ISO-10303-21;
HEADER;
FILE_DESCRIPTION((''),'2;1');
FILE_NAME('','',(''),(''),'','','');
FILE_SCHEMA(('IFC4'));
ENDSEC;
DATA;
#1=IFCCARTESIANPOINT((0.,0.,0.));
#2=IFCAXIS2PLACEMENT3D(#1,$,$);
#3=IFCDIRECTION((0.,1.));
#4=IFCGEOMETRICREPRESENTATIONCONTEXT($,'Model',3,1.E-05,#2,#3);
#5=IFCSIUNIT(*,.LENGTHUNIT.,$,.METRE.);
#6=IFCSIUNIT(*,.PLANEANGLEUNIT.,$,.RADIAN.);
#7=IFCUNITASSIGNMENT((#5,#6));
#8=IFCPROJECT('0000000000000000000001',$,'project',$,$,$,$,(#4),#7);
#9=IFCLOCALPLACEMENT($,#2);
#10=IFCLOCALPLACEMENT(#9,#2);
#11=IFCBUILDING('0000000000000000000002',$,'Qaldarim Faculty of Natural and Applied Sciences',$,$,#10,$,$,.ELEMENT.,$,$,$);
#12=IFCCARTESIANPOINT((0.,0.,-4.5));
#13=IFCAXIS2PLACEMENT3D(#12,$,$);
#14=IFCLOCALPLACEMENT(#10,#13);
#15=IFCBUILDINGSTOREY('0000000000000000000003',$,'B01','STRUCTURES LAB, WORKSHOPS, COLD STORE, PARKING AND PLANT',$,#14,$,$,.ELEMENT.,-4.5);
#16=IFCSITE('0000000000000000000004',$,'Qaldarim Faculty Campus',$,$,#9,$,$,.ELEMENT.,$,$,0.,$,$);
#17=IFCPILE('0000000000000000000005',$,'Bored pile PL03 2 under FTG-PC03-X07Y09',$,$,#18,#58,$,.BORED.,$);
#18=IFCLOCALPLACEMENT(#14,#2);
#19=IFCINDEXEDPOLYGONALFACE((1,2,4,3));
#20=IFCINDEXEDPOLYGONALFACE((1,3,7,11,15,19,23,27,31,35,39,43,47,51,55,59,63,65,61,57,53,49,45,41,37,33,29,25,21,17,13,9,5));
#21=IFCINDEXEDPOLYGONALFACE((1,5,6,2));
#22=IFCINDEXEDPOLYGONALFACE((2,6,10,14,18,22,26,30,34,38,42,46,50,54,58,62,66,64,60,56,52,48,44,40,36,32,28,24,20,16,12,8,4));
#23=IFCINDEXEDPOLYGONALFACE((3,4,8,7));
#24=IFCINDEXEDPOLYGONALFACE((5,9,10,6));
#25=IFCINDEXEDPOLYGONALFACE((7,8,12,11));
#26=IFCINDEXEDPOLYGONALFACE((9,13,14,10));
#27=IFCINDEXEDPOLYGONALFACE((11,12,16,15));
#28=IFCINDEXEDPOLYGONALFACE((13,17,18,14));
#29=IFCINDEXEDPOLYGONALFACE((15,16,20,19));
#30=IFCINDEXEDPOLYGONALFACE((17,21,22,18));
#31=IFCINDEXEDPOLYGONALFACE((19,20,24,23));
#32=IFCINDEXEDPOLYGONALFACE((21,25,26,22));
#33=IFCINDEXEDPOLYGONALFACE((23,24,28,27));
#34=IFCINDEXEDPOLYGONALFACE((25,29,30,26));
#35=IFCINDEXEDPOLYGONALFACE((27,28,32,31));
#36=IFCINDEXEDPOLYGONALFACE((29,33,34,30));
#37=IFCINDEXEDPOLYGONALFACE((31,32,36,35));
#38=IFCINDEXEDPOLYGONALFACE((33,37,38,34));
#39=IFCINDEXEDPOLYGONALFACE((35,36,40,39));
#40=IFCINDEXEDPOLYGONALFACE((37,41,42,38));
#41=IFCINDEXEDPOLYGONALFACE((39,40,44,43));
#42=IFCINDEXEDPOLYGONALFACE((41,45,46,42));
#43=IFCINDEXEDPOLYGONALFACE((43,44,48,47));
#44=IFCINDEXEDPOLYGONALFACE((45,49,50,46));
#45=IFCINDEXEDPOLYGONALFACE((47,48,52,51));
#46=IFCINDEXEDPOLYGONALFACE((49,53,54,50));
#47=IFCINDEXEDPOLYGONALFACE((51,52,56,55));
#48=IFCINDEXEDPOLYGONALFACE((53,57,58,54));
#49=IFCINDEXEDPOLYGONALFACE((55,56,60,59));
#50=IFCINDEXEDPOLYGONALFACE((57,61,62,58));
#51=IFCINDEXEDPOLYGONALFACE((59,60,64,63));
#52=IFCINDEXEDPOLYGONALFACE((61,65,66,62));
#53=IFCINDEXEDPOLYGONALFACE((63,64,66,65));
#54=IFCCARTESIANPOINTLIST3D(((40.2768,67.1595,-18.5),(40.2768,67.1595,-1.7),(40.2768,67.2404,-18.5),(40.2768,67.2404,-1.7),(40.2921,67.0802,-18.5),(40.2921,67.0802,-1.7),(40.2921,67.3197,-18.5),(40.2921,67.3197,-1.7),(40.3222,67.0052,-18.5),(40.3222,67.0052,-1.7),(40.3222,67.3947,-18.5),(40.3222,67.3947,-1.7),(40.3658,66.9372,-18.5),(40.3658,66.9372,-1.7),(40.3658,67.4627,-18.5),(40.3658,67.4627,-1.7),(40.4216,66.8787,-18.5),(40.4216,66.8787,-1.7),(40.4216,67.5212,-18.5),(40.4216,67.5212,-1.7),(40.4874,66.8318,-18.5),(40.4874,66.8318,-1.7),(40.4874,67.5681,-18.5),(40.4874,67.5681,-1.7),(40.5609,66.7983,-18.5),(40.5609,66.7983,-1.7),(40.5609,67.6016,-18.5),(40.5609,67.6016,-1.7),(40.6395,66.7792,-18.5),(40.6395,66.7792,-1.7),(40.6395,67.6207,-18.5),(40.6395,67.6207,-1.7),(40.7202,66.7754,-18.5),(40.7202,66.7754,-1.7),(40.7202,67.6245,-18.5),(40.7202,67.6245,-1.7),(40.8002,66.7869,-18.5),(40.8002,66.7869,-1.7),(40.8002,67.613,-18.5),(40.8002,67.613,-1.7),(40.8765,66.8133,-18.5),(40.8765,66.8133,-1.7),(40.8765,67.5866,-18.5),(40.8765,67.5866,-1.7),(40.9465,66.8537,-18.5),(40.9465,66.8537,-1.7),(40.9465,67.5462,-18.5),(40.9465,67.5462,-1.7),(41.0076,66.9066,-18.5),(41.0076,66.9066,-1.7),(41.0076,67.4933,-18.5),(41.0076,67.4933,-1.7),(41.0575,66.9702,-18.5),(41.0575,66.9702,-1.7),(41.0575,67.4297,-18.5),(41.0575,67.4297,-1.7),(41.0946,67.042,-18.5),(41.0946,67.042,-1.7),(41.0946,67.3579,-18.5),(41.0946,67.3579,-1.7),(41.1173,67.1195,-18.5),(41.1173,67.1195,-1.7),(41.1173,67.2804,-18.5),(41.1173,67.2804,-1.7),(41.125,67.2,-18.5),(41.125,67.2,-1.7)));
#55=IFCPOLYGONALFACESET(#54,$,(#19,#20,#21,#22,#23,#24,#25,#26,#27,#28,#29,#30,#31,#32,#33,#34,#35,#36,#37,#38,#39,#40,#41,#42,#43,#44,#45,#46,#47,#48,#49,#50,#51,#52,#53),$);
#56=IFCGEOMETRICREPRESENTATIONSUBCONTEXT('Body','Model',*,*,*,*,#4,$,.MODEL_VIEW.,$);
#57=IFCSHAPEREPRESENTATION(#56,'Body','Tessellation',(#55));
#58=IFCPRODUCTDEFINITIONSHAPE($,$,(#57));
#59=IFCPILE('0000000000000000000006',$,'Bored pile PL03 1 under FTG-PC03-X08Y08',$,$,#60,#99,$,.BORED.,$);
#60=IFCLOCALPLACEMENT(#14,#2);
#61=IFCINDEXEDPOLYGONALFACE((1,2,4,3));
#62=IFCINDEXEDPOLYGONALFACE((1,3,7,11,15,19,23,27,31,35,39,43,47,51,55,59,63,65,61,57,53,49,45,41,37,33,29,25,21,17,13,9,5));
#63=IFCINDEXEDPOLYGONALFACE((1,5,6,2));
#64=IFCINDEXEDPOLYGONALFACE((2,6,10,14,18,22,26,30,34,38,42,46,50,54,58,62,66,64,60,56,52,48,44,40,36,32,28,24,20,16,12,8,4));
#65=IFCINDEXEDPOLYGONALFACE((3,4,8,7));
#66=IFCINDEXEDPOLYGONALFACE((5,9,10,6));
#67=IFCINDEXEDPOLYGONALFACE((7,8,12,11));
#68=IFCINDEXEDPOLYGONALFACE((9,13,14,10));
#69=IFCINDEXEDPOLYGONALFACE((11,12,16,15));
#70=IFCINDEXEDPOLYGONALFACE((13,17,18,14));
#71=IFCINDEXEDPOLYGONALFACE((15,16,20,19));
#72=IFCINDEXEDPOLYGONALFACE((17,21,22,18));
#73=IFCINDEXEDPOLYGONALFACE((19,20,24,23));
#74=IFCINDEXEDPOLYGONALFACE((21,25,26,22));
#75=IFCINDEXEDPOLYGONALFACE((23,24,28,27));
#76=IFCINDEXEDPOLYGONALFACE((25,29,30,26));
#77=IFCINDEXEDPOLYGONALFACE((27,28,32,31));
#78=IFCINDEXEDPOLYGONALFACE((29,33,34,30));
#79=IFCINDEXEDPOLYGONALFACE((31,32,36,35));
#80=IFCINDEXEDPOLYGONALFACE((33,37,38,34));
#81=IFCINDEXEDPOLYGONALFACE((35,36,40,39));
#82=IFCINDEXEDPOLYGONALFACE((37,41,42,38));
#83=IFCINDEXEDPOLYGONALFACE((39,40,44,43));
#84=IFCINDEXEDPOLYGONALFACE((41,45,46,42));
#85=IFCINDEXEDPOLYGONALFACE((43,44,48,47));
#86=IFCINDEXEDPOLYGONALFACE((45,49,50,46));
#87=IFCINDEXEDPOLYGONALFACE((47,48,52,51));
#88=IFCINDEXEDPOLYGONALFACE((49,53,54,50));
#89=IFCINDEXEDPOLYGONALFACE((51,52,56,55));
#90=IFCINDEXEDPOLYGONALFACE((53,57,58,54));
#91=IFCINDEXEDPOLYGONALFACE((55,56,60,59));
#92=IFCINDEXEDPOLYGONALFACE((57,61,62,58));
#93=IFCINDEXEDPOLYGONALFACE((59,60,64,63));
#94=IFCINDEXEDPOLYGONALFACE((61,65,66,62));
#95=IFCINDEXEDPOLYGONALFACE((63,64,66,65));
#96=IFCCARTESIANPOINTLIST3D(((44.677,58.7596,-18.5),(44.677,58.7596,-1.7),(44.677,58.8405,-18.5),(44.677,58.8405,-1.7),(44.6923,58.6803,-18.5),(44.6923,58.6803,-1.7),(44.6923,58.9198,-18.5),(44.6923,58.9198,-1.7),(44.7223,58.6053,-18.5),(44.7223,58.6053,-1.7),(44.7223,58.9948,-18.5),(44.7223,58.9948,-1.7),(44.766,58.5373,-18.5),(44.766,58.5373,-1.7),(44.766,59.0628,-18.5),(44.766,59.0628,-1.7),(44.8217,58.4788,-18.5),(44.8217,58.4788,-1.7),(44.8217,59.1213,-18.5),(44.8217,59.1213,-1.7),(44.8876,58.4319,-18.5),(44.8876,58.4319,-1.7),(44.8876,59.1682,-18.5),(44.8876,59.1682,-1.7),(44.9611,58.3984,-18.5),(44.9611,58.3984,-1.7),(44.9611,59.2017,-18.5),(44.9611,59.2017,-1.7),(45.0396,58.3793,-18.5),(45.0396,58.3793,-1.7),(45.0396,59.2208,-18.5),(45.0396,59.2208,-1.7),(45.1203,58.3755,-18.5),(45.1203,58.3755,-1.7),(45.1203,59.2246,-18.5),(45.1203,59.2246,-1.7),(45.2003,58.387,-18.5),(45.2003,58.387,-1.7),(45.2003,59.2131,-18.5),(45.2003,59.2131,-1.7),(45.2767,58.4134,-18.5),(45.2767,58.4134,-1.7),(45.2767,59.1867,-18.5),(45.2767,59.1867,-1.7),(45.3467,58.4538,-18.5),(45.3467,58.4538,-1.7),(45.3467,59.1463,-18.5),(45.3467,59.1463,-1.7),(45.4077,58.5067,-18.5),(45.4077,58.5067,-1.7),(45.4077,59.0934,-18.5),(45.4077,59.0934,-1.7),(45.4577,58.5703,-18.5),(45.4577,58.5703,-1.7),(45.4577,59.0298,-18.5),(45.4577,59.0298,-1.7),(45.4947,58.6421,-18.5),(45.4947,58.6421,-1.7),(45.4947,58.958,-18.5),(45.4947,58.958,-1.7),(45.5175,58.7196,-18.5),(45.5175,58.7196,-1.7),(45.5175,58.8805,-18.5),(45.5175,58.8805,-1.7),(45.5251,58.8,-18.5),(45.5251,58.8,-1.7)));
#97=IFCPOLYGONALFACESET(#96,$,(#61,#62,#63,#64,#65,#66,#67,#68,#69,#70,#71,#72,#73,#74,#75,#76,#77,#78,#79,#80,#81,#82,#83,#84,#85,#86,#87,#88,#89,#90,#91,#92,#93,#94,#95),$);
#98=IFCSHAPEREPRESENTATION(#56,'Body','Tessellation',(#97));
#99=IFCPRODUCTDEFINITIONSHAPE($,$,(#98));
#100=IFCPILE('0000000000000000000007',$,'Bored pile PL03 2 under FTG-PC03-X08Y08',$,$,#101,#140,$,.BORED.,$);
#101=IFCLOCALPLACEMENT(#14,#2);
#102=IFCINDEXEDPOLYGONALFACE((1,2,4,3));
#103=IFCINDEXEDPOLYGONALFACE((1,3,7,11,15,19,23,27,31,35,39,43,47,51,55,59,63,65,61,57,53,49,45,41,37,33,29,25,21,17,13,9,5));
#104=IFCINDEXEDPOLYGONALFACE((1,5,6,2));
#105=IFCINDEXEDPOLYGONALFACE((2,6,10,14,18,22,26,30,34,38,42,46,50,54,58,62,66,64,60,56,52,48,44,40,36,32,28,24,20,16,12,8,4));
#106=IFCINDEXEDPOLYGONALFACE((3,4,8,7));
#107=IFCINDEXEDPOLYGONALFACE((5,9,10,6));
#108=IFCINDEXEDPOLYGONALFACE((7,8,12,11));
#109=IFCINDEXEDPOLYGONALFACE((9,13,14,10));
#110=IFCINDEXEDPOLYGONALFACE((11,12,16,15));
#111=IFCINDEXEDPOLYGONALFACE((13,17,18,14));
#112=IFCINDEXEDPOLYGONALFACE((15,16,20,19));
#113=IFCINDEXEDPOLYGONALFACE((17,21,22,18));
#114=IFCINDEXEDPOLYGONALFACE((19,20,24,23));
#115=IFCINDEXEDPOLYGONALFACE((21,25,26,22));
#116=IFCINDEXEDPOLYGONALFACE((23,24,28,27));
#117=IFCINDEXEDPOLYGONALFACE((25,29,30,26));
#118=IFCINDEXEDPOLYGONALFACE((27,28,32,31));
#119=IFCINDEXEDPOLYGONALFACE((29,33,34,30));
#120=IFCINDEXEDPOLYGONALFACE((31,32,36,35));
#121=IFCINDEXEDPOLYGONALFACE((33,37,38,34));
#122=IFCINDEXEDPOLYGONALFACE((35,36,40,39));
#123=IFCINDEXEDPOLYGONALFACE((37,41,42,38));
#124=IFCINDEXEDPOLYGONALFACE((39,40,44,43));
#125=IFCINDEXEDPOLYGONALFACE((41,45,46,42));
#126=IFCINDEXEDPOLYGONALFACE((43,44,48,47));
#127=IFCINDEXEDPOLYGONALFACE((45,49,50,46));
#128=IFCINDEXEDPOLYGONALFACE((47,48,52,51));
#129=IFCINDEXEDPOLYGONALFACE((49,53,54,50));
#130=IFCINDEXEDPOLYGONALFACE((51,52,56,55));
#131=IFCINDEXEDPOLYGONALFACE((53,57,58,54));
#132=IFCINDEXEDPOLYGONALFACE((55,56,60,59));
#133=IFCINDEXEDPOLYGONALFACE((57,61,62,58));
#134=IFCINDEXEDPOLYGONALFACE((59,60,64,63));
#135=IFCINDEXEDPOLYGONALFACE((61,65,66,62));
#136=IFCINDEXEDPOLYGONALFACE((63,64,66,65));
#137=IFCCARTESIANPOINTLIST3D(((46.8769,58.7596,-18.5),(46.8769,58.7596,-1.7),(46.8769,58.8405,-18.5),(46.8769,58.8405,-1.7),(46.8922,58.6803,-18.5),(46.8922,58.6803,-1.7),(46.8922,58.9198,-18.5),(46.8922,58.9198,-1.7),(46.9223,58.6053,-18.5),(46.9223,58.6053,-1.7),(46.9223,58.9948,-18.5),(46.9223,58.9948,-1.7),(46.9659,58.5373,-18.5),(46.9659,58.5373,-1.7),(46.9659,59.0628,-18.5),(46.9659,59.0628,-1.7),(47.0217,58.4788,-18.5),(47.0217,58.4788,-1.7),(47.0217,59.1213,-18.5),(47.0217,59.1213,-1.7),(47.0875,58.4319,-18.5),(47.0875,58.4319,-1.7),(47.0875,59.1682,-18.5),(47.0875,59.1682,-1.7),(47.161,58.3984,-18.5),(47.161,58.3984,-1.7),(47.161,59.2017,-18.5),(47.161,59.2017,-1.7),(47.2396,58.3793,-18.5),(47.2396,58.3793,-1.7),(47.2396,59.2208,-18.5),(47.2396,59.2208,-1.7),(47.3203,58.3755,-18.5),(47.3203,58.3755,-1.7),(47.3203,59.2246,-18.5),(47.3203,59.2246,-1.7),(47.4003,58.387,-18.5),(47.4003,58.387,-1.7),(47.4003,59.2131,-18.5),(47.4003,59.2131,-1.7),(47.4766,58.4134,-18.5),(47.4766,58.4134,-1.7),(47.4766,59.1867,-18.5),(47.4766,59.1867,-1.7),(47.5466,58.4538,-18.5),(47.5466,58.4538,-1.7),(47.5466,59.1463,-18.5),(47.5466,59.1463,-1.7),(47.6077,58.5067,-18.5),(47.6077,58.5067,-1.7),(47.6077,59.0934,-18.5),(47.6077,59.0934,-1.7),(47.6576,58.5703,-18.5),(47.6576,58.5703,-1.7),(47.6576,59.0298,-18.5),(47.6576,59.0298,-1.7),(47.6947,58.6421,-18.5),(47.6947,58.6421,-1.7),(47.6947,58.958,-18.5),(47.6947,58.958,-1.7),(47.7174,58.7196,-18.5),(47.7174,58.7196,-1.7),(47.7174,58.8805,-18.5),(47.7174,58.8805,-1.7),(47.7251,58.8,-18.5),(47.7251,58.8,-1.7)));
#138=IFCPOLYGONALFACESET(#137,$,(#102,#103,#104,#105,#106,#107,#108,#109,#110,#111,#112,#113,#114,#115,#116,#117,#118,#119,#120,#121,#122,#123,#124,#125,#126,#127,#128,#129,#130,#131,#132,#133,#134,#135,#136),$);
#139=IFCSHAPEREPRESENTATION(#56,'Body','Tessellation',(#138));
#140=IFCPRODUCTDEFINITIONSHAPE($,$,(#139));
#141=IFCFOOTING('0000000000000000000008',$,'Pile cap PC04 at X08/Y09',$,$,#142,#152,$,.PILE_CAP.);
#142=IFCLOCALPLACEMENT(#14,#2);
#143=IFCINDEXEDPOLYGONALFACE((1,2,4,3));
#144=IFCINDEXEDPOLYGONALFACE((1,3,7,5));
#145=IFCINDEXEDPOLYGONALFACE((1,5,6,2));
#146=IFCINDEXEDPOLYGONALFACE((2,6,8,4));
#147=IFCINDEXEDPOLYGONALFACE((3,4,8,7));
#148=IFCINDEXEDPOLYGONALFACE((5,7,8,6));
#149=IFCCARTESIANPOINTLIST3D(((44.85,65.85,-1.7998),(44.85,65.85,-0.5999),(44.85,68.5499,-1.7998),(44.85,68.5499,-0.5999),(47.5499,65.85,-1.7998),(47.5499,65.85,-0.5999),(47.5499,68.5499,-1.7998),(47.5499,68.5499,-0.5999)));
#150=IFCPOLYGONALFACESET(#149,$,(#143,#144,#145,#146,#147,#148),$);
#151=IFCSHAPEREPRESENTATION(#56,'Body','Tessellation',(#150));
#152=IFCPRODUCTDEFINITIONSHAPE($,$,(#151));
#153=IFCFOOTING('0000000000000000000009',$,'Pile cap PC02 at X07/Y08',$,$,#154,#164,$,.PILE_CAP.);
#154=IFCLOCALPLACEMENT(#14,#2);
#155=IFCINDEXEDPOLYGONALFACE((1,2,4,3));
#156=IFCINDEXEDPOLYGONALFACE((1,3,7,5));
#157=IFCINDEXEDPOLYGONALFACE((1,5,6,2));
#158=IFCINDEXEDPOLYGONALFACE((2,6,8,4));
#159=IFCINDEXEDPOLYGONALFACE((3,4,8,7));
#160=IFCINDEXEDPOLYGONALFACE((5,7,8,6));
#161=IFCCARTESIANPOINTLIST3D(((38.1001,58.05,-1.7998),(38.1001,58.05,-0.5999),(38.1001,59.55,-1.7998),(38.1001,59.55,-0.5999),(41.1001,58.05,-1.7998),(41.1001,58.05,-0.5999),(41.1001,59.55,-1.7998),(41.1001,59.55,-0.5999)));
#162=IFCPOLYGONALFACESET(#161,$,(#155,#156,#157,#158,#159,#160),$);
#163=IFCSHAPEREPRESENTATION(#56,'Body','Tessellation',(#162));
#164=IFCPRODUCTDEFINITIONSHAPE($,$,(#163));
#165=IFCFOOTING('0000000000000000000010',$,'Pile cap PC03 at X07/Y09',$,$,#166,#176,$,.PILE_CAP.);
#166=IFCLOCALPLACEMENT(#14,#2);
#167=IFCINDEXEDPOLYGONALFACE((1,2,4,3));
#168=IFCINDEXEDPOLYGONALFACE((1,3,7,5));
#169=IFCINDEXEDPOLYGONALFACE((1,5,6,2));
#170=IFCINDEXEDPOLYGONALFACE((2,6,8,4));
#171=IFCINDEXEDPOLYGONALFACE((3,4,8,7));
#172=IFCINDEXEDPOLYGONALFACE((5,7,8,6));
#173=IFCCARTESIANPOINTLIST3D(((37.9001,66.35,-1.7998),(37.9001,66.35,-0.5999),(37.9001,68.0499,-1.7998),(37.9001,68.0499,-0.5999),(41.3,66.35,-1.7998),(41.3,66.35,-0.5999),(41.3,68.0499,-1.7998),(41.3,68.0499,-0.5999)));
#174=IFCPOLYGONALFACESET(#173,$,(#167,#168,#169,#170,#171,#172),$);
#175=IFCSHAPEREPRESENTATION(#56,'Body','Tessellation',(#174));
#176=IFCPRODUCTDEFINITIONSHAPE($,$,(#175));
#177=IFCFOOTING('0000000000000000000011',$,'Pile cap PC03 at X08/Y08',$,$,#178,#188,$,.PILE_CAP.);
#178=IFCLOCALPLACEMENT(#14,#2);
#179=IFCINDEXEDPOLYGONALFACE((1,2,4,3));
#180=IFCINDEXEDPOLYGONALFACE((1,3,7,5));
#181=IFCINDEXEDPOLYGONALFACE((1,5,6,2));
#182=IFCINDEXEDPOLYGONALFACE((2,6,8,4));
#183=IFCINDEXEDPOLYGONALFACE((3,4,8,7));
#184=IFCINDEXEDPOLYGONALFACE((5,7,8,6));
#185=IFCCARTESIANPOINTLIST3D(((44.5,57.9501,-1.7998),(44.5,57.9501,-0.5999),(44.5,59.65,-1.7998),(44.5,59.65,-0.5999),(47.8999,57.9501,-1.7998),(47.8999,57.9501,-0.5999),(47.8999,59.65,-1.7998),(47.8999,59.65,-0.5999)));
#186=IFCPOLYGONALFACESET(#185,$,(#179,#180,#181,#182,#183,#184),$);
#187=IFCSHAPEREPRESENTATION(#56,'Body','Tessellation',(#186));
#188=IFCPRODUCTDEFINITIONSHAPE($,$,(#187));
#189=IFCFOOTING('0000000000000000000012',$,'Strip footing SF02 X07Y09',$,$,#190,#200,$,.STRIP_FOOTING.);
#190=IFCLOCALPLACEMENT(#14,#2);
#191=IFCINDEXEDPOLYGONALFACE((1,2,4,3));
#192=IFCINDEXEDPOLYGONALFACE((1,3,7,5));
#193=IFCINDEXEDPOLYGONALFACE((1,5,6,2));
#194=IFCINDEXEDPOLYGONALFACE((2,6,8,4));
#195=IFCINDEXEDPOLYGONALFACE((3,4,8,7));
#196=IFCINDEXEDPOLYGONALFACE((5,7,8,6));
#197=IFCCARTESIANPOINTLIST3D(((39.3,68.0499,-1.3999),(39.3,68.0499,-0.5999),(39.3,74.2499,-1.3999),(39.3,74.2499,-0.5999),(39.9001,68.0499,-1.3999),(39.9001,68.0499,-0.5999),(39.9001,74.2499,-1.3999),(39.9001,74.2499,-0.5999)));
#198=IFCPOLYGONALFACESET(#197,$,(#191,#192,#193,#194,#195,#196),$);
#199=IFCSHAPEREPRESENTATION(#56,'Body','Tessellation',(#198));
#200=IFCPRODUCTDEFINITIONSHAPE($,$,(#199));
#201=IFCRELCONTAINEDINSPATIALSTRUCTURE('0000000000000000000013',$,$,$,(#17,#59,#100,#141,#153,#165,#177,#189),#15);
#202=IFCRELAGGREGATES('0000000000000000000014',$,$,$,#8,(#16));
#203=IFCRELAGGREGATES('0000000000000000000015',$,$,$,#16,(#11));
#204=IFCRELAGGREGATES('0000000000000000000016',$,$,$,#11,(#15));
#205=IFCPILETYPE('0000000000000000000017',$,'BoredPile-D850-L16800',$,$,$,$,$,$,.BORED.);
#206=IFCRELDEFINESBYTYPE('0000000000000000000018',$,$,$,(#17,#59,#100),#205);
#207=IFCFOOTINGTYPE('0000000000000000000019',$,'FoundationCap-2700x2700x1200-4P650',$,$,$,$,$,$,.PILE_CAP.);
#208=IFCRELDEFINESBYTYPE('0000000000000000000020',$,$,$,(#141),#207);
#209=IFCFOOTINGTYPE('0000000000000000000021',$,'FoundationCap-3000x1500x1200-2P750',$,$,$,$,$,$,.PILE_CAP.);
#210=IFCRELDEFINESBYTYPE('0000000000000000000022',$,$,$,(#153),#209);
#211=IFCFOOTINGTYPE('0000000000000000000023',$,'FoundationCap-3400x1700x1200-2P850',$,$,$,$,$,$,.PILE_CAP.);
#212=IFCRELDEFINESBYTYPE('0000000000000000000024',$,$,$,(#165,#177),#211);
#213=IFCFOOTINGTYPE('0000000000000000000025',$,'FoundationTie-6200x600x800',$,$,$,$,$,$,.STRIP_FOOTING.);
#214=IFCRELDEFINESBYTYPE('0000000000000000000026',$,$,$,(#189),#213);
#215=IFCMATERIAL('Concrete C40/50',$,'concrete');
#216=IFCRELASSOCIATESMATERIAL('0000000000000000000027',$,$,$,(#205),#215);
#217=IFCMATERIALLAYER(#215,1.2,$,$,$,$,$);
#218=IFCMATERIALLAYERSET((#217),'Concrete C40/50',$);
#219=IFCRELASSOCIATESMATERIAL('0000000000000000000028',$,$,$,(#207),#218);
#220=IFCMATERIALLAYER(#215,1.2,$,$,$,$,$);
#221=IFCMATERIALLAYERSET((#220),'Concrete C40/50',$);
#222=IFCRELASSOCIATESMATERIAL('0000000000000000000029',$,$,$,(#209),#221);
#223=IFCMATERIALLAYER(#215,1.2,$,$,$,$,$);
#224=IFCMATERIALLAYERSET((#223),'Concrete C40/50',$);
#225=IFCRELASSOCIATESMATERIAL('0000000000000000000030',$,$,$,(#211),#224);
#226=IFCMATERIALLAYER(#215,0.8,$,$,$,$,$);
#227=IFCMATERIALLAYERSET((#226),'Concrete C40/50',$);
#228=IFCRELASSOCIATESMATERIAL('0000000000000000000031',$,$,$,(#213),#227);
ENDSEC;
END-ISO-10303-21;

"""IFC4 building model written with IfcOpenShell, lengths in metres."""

from ifc_helpers import new_model, si_unit, direction, frame, origin, origin_2d, place, context, subcontext, project, spatial, rectangle, circle, extrude, material, layer, layer_set, material_profile, profile_set, type_object, element, save


model = new_model("IFC4")

# Units and contexts
model_context = context("Model", 3, precision=1e-05, world=origin(), true_north=direction((0.0, 1.0)))
body_context = subcontext(model_context, "Body", "Model", "MODEL_VIEW")
ifc_project = project(units=[si_unit("LENGTHUNIT", "METRE"), si_unit("PLANEANGLEUNIT", "RADIAN")], contexts=[model_context])

# Site, building, storey
site_placement = place(None, origin())
site = spatial("IfcSite", under=ifc_project, at=site_placement, Name="Qaldarim Faculty Campus", CompositionType="ELEMENT", RefElevation=0.0)
building_placement = place(site_placement, origin())
building = spatial("IfcBuilding", under=site, at=building_placement, Name="Qaldarim Faculty of Natural and Applied Sciences", CompositionType="ELEMENT")
storey_placement = place(building_placement, frame((0.0, 0.0, -4.5)))
storey = spatial("IfcBuildingStorey", under=building, at=storey_placement, Name="B01", Description="STRUCTURES LAB, WORKSHOPS, COLD STORE, PARKING AND PLANT", CompositionType="ELEMENT", Elevation=-4.5)

# Piles
ifc_material_1 = material(Name="Concrete C40/50", Category="concrete")
ifc_material_profile_1 = material_profile(ifc_material_1, circle(Radius=0.425, at=origin_2d()), Name="PILE-D850")
ifc_profile_set_1 = profile_set([ifc_material_profile_1], Name="Concrete C40/50")
pile_type_1 = type_object("IfcPileType", Name="BoredPile-D850-L16800", PredefinedType="BORED", material=ifc_profile_set_1)
for number, where, z_axis, x_axis, name in (
    (1, (40.7, 67.2, -1.7), (0.0, 0.0, -1.0), (1.0, 0.0, 0.0), "Bored pile PL03 2 under FTG-PC03-X07Y09"),
    (2, (45.1001, 58.8, -1.7), (0.0, 0.0, -1.0), (1.0, 0.0, 0.0), "Bored pile PL03 1 under FTG-PC03-X08Y08"),
    (3, (47.3, 58.8, -1.7), (0.0, 0.0, -1.0), (1.0, 0.0, 0.0), "Bored pile PL03 2 under FTG-PC03-X08Y08"),
):
    element("IfcPile", number, at=place(storey_placement, frame(where, z_axis=z_axis, x_axis=x_axis)), inside=storey, type_object=pile_type_1, Name=name, PredefinedType="BORED", context=body_context, shape_type="SweptSolid", body=[
        extrude(circle(Radius=0.425, at=origin_2d()), origin(), (0.0, 0.0, 1.0), 16.8),
    ])

# Footings
ifc_layer_1 = layer(ifc_material_1, 1.2)
ifc_layer_set_1 = layer_set([ifc_layer_1], Name="Concrete C40/50")
footing_type_1 = type_object("IfcFootingType", Name="FoundationCap-2700x2700x1200-4P650", PredefinedType="PILE_CAP", material=ifc_layer_set_1)
footing_1_placement = place(storey_placement, frame((46.2, 67.2, -1.7998), z_axis=(0.0, 0.0, 1.0), x_axis=(1.0, 0.0, 0.0)))
element("IfcFooting", 4, at=footing_1_placement, inside=storey, type_object=footing_type_1, Name="Pile cap PC04 at X08/Y09", PredefinedType="PILE_CAP", context=body_context, shape_type="SweptSolid", body=[
    extrude(rectangle(XDim=2.7, YDim=2.7, at=origin_2d()), origin(), (0.0, 0.0, 1.0), 1.2),
])
ifc_layer_2 = layer(ifc_material_1, 1.2)
ifc_layer_set_2 = layer_set([ifc_layer_2], Name="Concrete C40/50")
footing_type_2 = type_object("IfcFootingType", Name="FoundationCap-3000x1500x1200-2P750", PredefinedType="PILE_CAP", material=ifc_layer_set_2)
footing_2_placement = place(storey_placement, frame((39.6001, 58.8, -1.7998), z_axis=(0.0, 0.0, 1.0), x_axis=(1.0, 0.0, 0.0)))
element("IfcFooting", 5, at=footing_2_placement, inside=storey, type_object=footing_type_2, Name="Pile cap PC02 at X07/Y08", PredefinedType="PILE_CAP", context=body_context, shape_type="SweptSolid", body=[
    extrude(rectangle(XDim=3.0, YDim=1.5, at=origin_2d()), origin(), (0.0, 0.0, 1.0), 1.2),
])
ifc_layer_3 = layer(ifc_material_1, 1.2)
ifc_layer_set_3 = layer_set([ifc_layer_3], Name="Concrete C40/50")
footing_type_3 = type_object("IfcFootingType", Name="FoundationCap-3400x1700x1200-2P850", PredefinedType="PILE_CAP", material=ifc_layer_set_3)
for number, where, z_axis, x_axis, name in (
    (6, (39.6001, 67.2, -1.7998), (0.0, 0.0, 1.0), (1.0, 0.0, 0.0), "Pile cap PC03 at X07/Y09"),
    (7, (46.2, 58.8, -1.7998), (0.0, 0.0, 1.0), (1.0, 0.0, 0.0), "Pile cap PC03 at X08/Y08"),
):
    element("IfcFooting", number, at=place(storey_placement, frame(where, z_axis=z_axis, x_axis=x_axis)), inside=storey, type_object=footing_type_3, Name=name, PredefinedType="PILE_CAP", context=body_context, shape_type="SweptSolid", body=[
        extrude(rectangle(XDim=3.3999, YDim=1.7, at=origin_2d()), origin(), (0.0, 0.0, 1.0), 1.2),
    ])
ifc_layer_4 = layer(ifc_material_1, 0.8)
ifc_layer_set_4 = layer_set([ifc_layer_4], Name="Concrete C40/50")
footing_type_4 = type_object("IfcFootingType", Name="FoundationTie-6200x600x800", PredefinedType="STRIP_FOOTING", material=ifc_layer_set_4)
for number, where, z_axis, x_axis, name in (
    (8, (39.6001, 71.1499, -1.3999), (0.0, 0.0, 1.0), (0.0, 1.0, 0.0), "Strip footing SF02 X07Y09"),
):
    element("IfcFooting", number, at=place(storey_placement, frame(where, z_axis=z_axis, x_axis=x_axis)), inside=storey, type_object=footing_type_4, Name=name, PredefinedType="STRIP_FOOTING", context=body_context, shape_type="SweptSolid", body=[
        extrude(rectangle(XDim=6.2, YDim=0.6001, at=origin_2d()), origin(), (0.0, 0.0, 1.0), 0.8),
    ])

save(model, "model.ifc")
